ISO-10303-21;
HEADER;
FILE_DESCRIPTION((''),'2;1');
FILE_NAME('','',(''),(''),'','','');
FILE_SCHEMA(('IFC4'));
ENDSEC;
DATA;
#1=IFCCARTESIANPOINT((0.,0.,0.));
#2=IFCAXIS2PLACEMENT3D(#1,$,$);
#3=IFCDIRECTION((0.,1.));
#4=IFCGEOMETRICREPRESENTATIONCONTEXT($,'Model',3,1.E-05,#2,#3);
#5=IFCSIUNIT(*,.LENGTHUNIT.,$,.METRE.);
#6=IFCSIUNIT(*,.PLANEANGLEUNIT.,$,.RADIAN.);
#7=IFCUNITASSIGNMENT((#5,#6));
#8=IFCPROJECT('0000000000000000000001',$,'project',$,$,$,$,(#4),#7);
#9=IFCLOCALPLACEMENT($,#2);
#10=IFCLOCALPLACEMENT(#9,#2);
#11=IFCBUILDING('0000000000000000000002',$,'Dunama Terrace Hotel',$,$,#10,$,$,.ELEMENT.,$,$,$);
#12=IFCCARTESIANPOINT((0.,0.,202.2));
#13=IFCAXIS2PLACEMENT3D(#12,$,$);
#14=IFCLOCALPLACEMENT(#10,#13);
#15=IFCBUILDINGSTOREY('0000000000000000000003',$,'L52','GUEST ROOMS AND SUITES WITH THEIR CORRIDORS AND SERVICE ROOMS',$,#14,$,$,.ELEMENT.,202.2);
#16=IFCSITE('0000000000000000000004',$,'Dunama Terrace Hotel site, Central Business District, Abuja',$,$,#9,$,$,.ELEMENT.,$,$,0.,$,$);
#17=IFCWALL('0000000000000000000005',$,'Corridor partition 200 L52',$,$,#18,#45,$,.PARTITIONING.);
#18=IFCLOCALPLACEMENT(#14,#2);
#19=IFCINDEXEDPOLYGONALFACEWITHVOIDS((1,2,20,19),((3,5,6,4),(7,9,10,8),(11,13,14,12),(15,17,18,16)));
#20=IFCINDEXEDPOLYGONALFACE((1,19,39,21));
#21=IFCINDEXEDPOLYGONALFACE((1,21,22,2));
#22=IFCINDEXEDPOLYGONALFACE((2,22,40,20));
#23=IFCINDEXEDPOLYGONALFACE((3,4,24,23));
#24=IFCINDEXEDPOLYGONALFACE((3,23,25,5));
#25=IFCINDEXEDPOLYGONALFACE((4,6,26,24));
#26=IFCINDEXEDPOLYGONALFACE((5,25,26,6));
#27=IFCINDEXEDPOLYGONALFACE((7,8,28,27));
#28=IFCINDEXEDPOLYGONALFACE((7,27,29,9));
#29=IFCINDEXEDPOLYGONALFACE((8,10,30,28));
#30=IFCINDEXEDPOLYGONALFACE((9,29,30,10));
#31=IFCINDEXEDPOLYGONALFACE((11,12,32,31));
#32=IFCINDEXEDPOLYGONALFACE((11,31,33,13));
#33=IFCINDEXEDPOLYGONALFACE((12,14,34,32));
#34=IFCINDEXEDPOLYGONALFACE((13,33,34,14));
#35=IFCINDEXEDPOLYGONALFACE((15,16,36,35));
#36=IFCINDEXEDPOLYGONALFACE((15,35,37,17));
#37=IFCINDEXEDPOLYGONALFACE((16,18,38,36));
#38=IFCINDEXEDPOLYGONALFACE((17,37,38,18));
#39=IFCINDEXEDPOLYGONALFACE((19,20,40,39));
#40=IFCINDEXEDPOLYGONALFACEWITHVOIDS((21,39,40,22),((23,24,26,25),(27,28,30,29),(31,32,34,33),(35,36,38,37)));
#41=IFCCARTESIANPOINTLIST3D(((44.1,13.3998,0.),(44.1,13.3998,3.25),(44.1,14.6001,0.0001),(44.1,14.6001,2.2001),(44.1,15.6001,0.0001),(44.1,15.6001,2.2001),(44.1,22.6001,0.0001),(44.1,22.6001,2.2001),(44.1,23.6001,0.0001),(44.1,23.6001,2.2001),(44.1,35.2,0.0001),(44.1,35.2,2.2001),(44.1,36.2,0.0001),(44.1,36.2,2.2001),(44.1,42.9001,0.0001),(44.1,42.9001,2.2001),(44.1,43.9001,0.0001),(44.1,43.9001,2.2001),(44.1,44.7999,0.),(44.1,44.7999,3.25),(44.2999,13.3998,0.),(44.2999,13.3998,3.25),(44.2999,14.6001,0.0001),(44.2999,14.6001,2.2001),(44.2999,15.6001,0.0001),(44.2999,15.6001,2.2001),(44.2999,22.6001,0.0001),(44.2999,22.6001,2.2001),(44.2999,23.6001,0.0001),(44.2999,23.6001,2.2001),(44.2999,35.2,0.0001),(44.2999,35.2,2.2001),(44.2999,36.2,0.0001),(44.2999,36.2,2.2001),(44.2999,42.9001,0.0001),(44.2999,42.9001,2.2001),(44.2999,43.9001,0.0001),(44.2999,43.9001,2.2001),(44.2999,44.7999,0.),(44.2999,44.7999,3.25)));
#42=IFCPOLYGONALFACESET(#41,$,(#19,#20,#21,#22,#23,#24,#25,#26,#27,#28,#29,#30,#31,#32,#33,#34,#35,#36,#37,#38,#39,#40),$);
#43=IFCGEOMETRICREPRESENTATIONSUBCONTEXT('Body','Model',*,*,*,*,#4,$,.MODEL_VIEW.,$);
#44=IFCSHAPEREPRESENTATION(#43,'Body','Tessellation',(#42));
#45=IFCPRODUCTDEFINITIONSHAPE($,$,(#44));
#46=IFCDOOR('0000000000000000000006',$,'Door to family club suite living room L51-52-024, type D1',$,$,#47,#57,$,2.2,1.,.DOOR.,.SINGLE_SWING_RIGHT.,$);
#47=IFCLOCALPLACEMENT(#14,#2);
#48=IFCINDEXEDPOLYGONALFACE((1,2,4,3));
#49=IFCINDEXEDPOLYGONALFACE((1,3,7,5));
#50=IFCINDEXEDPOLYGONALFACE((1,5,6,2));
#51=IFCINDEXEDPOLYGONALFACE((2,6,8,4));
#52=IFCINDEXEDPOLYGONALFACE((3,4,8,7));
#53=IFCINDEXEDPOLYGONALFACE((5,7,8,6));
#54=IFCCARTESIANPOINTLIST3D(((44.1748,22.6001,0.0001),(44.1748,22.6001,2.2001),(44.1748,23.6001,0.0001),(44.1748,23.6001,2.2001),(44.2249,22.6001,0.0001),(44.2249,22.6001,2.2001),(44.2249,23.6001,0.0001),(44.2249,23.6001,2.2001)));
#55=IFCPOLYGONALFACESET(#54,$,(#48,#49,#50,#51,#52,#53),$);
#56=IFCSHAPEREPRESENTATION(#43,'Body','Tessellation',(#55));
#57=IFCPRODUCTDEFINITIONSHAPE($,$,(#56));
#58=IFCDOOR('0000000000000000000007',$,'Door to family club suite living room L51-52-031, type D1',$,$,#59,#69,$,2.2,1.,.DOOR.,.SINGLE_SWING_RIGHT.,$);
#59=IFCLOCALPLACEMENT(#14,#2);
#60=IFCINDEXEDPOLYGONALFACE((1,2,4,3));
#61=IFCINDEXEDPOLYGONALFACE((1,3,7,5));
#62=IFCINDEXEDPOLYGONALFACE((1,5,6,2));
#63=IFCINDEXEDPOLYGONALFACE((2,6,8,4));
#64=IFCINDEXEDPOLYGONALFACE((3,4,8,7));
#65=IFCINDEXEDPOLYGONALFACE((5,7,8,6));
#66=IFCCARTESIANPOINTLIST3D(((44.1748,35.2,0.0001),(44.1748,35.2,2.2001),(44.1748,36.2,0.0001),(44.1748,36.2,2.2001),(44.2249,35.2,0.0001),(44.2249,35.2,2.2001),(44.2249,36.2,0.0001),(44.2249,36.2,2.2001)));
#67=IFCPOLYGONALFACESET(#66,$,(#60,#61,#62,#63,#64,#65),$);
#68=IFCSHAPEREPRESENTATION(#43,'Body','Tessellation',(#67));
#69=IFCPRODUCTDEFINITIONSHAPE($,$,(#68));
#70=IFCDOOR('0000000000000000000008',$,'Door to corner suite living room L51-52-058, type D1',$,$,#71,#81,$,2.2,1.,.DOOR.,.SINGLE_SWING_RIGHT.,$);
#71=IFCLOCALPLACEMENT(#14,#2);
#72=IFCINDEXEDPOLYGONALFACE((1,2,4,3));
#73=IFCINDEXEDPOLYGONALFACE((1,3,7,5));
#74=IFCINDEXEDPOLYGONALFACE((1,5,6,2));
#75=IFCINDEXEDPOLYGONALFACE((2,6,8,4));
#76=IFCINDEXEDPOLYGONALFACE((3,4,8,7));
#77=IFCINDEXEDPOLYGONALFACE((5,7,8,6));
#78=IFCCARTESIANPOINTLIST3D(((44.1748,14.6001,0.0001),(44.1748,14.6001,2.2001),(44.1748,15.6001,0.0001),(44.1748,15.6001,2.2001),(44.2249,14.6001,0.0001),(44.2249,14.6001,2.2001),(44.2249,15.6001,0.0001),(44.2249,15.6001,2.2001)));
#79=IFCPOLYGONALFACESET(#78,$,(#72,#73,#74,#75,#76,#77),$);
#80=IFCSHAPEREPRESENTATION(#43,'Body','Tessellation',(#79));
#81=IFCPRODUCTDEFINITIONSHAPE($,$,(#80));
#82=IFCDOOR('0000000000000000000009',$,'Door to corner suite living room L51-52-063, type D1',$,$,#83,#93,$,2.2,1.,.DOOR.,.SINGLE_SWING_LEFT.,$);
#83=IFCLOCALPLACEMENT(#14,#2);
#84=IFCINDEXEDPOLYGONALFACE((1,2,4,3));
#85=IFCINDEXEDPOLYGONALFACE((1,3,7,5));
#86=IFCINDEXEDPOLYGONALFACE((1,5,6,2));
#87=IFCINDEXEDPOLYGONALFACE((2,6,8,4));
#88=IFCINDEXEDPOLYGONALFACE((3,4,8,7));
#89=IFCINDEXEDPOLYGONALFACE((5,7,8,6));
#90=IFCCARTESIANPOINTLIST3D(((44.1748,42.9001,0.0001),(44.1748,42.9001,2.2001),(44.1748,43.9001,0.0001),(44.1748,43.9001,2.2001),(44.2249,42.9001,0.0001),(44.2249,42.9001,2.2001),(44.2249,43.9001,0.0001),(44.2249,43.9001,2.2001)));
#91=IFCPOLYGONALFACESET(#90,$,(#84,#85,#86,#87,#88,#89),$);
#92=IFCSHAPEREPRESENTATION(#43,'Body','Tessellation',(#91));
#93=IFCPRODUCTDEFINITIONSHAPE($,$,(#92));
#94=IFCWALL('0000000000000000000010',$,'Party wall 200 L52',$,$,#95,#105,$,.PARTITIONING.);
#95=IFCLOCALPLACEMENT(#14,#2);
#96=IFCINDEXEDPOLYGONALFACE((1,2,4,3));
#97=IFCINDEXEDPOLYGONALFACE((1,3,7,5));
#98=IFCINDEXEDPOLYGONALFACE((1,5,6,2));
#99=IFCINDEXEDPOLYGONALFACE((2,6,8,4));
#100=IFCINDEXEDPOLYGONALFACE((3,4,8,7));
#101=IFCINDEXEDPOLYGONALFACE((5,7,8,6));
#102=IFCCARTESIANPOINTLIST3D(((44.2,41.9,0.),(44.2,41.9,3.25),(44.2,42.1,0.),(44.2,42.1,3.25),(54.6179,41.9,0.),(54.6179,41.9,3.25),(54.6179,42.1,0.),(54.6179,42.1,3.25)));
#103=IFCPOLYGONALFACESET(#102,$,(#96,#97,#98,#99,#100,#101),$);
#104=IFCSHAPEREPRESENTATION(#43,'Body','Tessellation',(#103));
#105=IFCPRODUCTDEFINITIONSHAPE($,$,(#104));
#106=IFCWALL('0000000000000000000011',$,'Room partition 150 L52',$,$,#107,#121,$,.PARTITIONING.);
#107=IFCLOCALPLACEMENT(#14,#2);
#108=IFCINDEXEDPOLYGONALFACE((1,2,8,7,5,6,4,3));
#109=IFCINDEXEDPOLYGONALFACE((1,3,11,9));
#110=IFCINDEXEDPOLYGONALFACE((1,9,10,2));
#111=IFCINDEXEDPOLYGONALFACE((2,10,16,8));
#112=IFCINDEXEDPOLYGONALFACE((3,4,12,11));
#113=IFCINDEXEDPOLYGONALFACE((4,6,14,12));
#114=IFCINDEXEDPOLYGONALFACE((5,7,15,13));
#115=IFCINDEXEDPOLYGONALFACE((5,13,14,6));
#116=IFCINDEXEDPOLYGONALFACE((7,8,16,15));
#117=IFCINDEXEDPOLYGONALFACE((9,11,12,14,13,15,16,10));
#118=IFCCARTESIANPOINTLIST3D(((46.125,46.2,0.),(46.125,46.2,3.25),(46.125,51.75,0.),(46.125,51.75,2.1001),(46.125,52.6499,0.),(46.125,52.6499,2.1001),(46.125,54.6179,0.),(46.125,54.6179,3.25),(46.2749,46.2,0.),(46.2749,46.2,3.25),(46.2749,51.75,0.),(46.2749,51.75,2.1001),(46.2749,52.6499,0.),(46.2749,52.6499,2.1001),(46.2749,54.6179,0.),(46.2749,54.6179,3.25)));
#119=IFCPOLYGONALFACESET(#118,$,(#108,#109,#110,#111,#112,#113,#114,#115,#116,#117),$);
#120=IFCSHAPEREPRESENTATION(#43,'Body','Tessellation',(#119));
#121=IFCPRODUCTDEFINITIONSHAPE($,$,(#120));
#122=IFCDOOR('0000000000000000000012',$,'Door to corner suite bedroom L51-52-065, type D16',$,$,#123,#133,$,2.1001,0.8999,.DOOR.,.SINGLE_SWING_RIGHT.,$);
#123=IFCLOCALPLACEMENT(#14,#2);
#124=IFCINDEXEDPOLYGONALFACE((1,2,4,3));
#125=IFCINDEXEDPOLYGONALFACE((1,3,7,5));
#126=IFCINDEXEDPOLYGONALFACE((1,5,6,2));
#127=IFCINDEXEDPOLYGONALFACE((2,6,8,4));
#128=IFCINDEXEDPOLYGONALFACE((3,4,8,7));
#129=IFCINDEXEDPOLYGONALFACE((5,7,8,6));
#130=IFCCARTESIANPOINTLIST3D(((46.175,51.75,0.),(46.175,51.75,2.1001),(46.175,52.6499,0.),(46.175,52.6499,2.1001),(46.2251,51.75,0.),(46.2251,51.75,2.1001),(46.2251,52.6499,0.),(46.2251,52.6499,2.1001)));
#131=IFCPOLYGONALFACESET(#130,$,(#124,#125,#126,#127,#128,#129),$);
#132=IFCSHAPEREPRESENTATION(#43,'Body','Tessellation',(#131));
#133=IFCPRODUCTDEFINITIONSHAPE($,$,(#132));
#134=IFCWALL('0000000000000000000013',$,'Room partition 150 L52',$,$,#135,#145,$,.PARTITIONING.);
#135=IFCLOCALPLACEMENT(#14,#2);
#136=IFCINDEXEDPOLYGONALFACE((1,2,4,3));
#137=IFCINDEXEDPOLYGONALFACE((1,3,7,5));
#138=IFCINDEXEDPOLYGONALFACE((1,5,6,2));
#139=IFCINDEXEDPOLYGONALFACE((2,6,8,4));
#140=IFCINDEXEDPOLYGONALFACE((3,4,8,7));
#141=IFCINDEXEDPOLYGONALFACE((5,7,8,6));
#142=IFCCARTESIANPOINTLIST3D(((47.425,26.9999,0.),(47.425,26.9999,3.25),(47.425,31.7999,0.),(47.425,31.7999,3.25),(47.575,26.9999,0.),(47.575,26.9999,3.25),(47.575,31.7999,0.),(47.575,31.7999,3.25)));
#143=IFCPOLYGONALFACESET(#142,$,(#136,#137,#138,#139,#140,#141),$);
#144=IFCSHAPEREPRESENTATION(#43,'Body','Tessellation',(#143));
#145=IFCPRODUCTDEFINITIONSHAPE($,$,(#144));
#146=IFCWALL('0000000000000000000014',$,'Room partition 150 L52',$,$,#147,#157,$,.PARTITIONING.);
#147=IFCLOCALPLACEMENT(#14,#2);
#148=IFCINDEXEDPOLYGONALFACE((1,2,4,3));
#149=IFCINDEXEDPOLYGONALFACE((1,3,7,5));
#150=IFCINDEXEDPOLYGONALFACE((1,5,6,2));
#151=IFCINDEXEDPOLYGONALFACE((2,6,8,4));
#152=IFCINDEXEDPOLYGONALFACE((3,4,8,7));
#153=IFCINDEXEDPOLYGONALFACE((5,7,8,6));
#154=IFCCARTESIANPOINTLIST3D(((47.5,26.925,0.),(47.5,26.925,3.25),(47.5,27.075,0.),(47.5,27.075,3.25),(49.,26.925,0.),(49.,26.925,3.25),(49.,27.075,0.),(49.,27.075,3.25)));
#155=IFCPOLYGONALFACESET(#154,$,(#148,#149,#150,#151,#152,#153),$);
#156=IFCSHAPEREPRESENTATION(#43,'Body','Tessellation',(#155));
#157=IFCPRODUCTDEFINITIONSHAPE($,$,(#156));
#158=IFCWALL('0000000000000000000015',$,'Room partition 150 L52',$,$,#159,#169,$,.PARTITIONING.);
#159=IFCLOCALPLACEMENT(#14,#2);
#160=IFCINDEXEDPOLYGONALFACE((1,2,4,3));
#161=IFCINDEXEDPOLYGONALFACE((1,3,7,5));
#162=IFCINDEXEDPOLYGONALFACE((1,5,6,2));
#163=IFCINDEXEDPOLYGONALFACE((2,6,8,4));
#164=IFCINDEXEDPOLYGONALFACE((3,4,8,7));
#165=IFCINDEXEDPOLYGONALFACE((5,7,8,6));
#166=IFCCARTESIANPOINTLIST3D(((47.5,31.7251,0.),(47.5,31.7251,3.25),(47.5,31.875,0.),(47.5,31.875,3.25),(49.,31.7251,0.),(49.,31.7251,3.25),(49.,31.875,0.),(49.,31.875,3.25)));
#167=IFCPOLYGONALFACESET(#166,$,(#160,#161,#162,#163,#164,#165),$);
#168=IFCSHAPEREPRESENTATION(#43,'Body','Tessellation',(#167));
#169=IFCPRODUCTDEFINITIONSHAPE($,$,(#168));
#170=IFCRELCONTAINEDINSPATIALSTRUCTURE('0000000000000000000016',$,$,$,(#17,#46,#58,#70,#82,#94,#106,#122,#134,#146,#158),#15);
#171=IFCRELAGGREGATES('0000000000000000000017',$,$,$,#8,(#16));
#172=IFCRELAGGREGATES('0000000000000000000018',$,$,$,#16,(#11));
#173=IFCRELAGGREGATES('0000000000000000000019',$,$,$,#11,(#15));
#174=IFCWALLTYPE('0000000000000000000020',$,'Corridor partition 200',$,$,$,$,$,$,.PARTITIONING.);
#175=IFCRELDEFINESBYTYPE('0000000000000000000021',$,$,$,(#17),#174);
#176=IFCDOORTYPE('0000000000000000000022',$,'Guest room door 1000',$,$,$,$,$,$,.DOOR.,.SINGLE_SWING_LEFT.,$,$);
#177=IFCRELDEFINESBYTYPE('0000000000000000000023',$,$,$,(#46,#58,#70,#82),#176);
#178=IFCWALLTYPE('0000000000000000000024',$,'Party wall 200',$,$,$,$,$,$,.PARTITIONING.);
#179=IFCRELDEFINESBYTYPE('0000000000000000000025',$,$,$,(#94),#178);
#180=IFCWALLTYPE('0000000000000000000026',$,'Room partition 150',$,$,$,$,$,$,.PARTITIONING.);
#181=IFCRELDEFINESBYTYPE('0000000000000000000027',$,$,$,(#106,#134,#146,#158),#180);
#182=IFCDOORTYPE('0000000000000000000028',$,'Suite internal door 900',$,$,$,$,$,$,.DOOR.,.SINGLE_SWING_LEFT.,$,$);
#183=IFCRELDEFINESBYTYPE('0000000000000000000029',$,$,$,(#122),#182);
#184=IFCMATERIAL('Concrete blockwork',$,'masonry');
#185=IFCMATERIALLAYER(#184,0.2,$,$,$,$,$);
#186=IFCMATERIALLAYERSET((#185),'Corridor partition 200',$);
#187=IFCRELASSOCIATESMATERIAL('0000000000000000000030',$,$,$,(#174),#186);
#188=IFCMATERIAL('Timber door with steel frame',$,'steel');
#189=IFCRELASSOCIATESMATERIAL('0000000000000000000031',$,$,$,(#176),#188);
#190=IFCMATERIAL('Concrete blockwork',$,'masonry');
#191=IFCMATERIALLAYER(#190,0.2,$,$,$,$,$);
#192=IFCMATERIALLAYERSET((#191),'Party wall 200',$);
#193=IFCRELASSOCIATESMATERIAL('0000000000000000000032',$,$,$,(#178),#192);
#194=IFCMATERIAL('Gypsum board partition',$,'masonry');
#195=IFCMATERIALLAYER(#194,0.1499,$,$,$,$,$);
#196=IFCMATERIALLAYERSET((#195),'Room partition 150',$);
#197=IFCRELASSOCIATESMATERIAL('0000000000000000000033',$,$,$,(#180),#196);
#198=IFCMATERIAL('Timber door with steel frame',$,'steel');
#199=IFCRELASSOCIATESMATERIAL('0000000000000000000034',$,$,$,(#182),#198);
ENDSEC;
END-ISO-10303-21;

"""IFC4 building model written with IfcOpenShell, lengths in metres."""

from ifc_helpers import new_model, si_unit, direction, frame, frame_2d, origin, place, context, subcontext, project, spatial, rectangle, extrude, material, layer, layer_set, type_object, element, fill, save


model = new_model("IFC4")

# Units and contexts
model_context = context("Model", 3, precision=1e-05, world=origin(), true_north=direction((0.0, 1.0)))
body_context = subcontext(model_context, "Body", "Model", "MODEL_VIEW")
ifc_project = project(units=[si_unit("LENGTHUNIT", "METRE"), si_unit("PLANEANGLEUNIT", "RADIAN")], contexts=[model_context])

# Site, building, storey
site_placement = place(None, origin())
site = spatial("IfcSite", under=ifc_project, at=site_placement, Name="Dunama Terrace Hotel site, Central Business District, Abuja", CompositionType="ELEMENT", RefElevation=0.0)
building_placement = place(site_placement, origin())
building = spatial("IfcBuilding", under=site, at=building_placement, Name="Dunama Terrace Hotel", CompositionType="ELEMENT")
storey_placement = place(building_placement, frame((0.0, 0.0, 202.2)))
storey = spatial("IfcBuildingStorey", under=building, at=storey_placement, Name="L52", Description="GUEST ROOMS AND SUITES WITH THEIR CORRIDORS AND SERVICE ROOMS", CompositionType="ELEMENT", Elevation=202.2)

# Wall, openings, doors
ifc_material_1 = material(Name="Concrete blockwork", Category="masonry")
ifc_layer_1 = layer(ifc_material_1, 0.2)
ifc_layer_set_1 = layer_set([ifc_layer_1], Name="Corridor partition 200")
wall_type_1 = type_object("IfcWallType", Name="Corridor partition 200", PredefinedType="PARTITIONING", material=ifc_layer_set_1)
wall_1_placement = place(storey_placement, frame((44.2, 44.8, 0.0), z_axis=(0.0, 0.0, 1.0), x_axis=(0.0, -1.0, 0.0)))
wall_1 = element("IfcWall", 1, at=wall_1_placement, inside=storey, type_object=wall_type_1, Name="Corridor partition 200 L52", PredefinedType="PARTITIONING", context=body_context, shape_type="SweptSolid", body=[
    extrude(rectangle(XDim=31.4001, YDim=0.2, at=frame_2d((15.7002, 0.0))), origin(), (0.0, 0.0, 1.0), 3.25),
])
opening_1_placement = place(wall_1_placement, frame((21.2, 0.0, 0.0)))
opening_1 = element("IfcOpeningElement", 2, at=opening_1_placement, cuts=wall_1, PredefinedType="OPENING", context=body_context, shape_type="SweptSolid", body=[
    extrude(rectangle(XDim=1.0, YDim=2.2, at=frame_2d((0.5, 1.1001))), frame((0.0, 0.1099, 0.0), z_axis=(0.0, -1.0, 0.0), x_axis=(1.0, 0.0, 0.0)), (0.0, 0.0, 1.0), 0.22),
])
opening_2_placement = place(wall_1_placement, frame((8.6001, 0.0, 0.0)))
opening_2 = element("IfcOpeningElement", 3, at=opening_2_placement, cuts=wall_1, PredefinedType="OPENING", context=body_context, shape_type="SweptSolid", body=[
    extrude(rectangle(XDim=1.0, YDim=2.2, at=frame_2d((0.5, 1.1001))), frame((0.0, 0.1099, 0.0), z_axis=(0.0, -1.0, 0.0), x_axis=(1.0, 0.0, 0.0)), (0.0, 0.0, 1.0), 0.22),
])
opening_3_placement = place(wall_1_placement, frame((29.2, 0.0, 0.0)))
opening_3 = element("IfcOpeningElement", 4, at=opening_3_placement, cuts=wall_1, PredefinedType="OPENING", context=body_context, shape_type="SweptSolid", body=[
    extrude(rectangle(XDim=1.0, YDim=2.2, at=frame_2d((0.5, 1.1001))), frame((0.0, 0.1099, 0.0), z_axis=(0.0, -1.0, 0.0), x_axis=(1.0, 0.0, 0.0)), (0.0, 0.0, 1.0), 0.22),
])
opening_4_placement = place(wall_1_placement, frame((0.8999, 0.0, 0.0)))
opening_4 = element("IfcOpeningElement", 5, at=opening_4_placement, cuts=wall_1, PredefinedType="OPENING", context=body_context, shape_type="SweptSolid", body=[
    extrude(rectangle(XDim=1.0, YDim=2.2, at=frame_2d((0.5, 1.1001))), frame((0.0, 0.1099, 0.0), z_axis=(0.0, -1.0, 0.0), x_axis=(1.0, 0.0, 0.0)), (0.0, 0.0, 1.0), 0.22),
])
ifc_material_2 = material(Name="Timber door with steel frame", Category="steel")
door_type_1 = type_object("IfcDoorType", Name="Guest room door 1000", OperationType="SINGLE_SWING_LEFT", PredefinedType="DOOR", material=ifc_material_2)
door_1_placement = place(opening_1_placement, origin())
door_1 = element("IfcDoor", 6, at=door_1_placement, inside=storey, type_object=door_type_1, Name="Door to family club suite living room L51-52-024, type D1", OperationType="SINGLE_SWING_RIGHT", OverallHeight=2.2, OverallWidth=1.0, PredefinedType="DOOR", context=body_context, shape_type="SweptSolid", body=[
    extrude(rectangle(XDim=1.0, YDim=2.2, at=frame_2d((0.5, 1.1001))), frame((0.0, 0.0249, 0.0), z_axis=(0.0, -1.0, 0.0), x_axis=(1.0, 0.0, 0.0)), (0.0, 0.0, 1.0), 0.05),
])
fill(opening_1, door_1)
door_2_placement = place(opening_2_placement, origin())
door_2 = element("IfcDoor", 7, at=door_2_placement, inside=storey, type_object=door_type_1, Name="Door to family club suite living room L51-52-031, type D1", OperationType="SINGLE_SWING_RIGHT", OverallHeight=2.2, OverallWidth=1.0, PredefinedType="DOOR", context=body_context, shape_type="SweptSolid", body=[
    extrude(rectangle(XDim=1.0, YDim=2.2, at=frame_2d((0.5, 1.1001))), frame((0.0, 0.0249, 0.0), z_axis=(0.0, -1.0, 0.0), x_axis=(1.0, 0.0, 0.0)), (0.0, 0.0, 1.0), 0.05),
])
fill(opening_2, door_2)
door_3_placement = place(opening_3_placement, origin())
door_3 = element("IfcDoor", 8, at=door_3_placement, inside=storey, type_object=door_type_1, Name="Door to corner suite living room L51-52-058, type D1", OperationType="SINGLE_SWING_RIGHT", OverallHeight=2.2, OverallWidth=1.0, PredefinedType="DOOR", context=body_context, shape_type="SweptSolid", body=[
    extrude(rectangle(XDim=1.0, YDim=2.2, at=frame_2d((0.5, 1.1001))), frame((0.0, 0.0249, 0.0), z_axis=(0.0, -1.0, 0.0), x_axis=(1.0, 0.0, 0.0)), (0.0, 0.0, 1.0), 0.05),
])
fill(opening_3, door_3)
door_4_placement = place(opening_4_placement, origin())
door_4 = element("IfcDoor", 9, at=door_4_placement, inside=storey, type_object=door_type_1, Name="Door to corner suite living room L51-52-063, type D1", OperationType="SINGLE_SWING_LEFT", OverallHeight=2.2, OverallWidth=1.0, PredefinedType="DOOR", context=body_context, shape_type="SweptSolid", body=[
    extrude(rectangle(XDim=1.0, YDim=2.2, at=frame_2d((0.5, 1.1001))), frame((0.0, 0.0249, 0.0), z_axis=(0.0, -1.0, 0.0), x_axis=(1.0, 0.0, 0.0)), (0.0, 0.0, 1.0), 0.05),
])
fill(opening_4, door_4)

# Wall
ifc_material_3 = material(Name="Concrete blockwork", Category="masonry")
ifc_layer_2 = layer(ifc_material_3, 0.2)
ifc_layer_set_2 = layer_set([ifc_layer_2], Name="Party wall 200")
wall_type_2 = type_object("IfcWallType", Name="Party wall 200", PredefinedType="PARTITIONING", material=ifc_layer_set_2)
wall_2_placement = place(storey_placement, frame((44.2, 42.0, 0.0), z_axis=(0.0, 0.0, 1.0), x_axis=(1.0, 0.0, 0.0)))
element("IfcWall", 10, at=wall_2_placement, inside=storey, type_object=wall_type_2, Name="Party wall 200 L52", PredefinedType="PARTITIONING", context=body_context, shape_type="SweptSolid", body=[
    extrude(rectangle(XDim=10.418, YDim=0.2, at=frame_2d((5.209, 0.0))), origin(), (0.0, 0.0, 1.0), 3.25),
])

# Wall, opening, door
ifc_material_4 = material(Name="Gypsum board partition", Category="masonry")
ifc_layer_3 = layer(ifc_material_4, 0.1499)
ifc_layer_set_3 = layer_set([ifc_layer_3], Name="Room partition 150")
wall_type_3 = type_object("IfcWallType", Name="Room partition 150", PredefinedType="PARTITIONING", material=ifc_layer_set_3)
wall_3_placement = place(storey_placement, frame((46.2, 46.2, 0.0), z_axis=(0.0, 0.0, 1.0), x_axis=(0.0, 1.0, 0.0)))
wall_3 = element("IfcWall", 11, at=wall_3_placement, inside=storey, type_object=wall_type_3, Name="Room partition 150 L52", PredefinedType="PARTITIONING", context=body_context, shape_type="SweptSolid", body=[
    extrude(rectangle(XDim=8.418, YDim=0.1499, at=frame_2d((4.209, 0.0))), origin(), (0.0, 0.0, 1.0), 3.25),
])
opening_5_placement = place(wall_3_placement, frame((5.55, 0.0, 0.0)))
opening_5 = element("IfcOpeningElement", 12, at=opening_5_placement, cuts=wall_3, PredefinedType="OPENING", context=body_context, shape_type="SweptSolid", body=[
    extrude(rectangle(XDim=0.8999, YDim=2.1001, at=frame_2d((0.45, 1.05))), frame((0.0, 0.085, 0.0), z_axis=(0.0, -1.0, 0.0), x_axis=(1.0, 0.0, 0.0)), (0.0, 0.0, 1.0), 0.1699),
])
ifc_material_5 = material(Name="Timber door with steel frame", Category="steel")
door_type_2 = type_object("IfcDoorType", Name="Suite internal door 900", OperationType="SINGLE_SWING_LEFT", PredefinedType="DOOR", material=ifc_material_5)
door_5_placement = place(opening_5_placement, frame((0.8999, 0.0, 0.0), z_axis=(0.0, 0.0, 1.0), x_axis=(-1.0, 0.0, 0.0)))
door_5 = element("IfcDoor", 13, at=door_5_placement, inside=storey, type_object=door_type_2, Name="Door to corner suite bedroom L51-52-065, type D16", OperationType="SINGLE_SWING_RIGHT", OverallHeight=2.1001, OverallWidth=0.8999, PredefinedType="DOOR", context=body_context, shape_type="SweptSolid", body=[
    extrude(rectangle(XDim=0.8999, YDim=2.1001, at=frame_2d((0.45, 1.05))), frame((0.0, 0.0251, 0.0), z_axis=(0.0, -1.0, 0.0), x_axis=(1.0, 0.0, 0.0)), (0.0, 0.0, 1.0), 0.05),
])
fill(opening_5, door_5)

# Walls
wall_4_placement = place(storey_placement, frame((47.5, 27.0, 0.0), z_axis=(0.0, 0.0, 1.0), x_axis=(0.0, 1.0, 0.0)))
element("IfcWall", 14, at=wall_4_placement, inside=storey, type_object=wall_type_3, Name="Room partition 150 L52", PredefinedType="PARTITIONING", context=body_context, shape_type="SweptSolid", body=[
    extrude(rectangle(XDim=4.8, YDim=0.1499, at=frame_2d((2.3999, 0.0))), origin(), (0.0, 0.0, 1.0), 3.25),
])
for number, where, z_axis, x_axis, name in (
    (15, (47.5, 27.0, 0.0), (0.0, 0.0, 1.0), (1.0, 0.0, 0.0), "Room partition 150 L52"),
    (16, (47.5, 31.8, 0.0), (0.0, 0.0, 1.0), (1.0, 0.0, 0.0), "Room partition 150 L52"),
):
    element("IfcWall", number, at=place(storey_placement, frame(where, z_axis=z_axis, x_axis=x_axis)), inside=storey, type_object=wall_type_3, Name=name, PredefinedType="PARTITIONING", context=body_context, shape_type="SweptSolid", body=[
        extrude(rectangle(XDim=1.5, YDim=0.1499, at=frame_2d((0.75, 0.0))), origin(), (0.0, 0.0, 1.0), 3.25),
    ])

save(model, "model.ifc")
